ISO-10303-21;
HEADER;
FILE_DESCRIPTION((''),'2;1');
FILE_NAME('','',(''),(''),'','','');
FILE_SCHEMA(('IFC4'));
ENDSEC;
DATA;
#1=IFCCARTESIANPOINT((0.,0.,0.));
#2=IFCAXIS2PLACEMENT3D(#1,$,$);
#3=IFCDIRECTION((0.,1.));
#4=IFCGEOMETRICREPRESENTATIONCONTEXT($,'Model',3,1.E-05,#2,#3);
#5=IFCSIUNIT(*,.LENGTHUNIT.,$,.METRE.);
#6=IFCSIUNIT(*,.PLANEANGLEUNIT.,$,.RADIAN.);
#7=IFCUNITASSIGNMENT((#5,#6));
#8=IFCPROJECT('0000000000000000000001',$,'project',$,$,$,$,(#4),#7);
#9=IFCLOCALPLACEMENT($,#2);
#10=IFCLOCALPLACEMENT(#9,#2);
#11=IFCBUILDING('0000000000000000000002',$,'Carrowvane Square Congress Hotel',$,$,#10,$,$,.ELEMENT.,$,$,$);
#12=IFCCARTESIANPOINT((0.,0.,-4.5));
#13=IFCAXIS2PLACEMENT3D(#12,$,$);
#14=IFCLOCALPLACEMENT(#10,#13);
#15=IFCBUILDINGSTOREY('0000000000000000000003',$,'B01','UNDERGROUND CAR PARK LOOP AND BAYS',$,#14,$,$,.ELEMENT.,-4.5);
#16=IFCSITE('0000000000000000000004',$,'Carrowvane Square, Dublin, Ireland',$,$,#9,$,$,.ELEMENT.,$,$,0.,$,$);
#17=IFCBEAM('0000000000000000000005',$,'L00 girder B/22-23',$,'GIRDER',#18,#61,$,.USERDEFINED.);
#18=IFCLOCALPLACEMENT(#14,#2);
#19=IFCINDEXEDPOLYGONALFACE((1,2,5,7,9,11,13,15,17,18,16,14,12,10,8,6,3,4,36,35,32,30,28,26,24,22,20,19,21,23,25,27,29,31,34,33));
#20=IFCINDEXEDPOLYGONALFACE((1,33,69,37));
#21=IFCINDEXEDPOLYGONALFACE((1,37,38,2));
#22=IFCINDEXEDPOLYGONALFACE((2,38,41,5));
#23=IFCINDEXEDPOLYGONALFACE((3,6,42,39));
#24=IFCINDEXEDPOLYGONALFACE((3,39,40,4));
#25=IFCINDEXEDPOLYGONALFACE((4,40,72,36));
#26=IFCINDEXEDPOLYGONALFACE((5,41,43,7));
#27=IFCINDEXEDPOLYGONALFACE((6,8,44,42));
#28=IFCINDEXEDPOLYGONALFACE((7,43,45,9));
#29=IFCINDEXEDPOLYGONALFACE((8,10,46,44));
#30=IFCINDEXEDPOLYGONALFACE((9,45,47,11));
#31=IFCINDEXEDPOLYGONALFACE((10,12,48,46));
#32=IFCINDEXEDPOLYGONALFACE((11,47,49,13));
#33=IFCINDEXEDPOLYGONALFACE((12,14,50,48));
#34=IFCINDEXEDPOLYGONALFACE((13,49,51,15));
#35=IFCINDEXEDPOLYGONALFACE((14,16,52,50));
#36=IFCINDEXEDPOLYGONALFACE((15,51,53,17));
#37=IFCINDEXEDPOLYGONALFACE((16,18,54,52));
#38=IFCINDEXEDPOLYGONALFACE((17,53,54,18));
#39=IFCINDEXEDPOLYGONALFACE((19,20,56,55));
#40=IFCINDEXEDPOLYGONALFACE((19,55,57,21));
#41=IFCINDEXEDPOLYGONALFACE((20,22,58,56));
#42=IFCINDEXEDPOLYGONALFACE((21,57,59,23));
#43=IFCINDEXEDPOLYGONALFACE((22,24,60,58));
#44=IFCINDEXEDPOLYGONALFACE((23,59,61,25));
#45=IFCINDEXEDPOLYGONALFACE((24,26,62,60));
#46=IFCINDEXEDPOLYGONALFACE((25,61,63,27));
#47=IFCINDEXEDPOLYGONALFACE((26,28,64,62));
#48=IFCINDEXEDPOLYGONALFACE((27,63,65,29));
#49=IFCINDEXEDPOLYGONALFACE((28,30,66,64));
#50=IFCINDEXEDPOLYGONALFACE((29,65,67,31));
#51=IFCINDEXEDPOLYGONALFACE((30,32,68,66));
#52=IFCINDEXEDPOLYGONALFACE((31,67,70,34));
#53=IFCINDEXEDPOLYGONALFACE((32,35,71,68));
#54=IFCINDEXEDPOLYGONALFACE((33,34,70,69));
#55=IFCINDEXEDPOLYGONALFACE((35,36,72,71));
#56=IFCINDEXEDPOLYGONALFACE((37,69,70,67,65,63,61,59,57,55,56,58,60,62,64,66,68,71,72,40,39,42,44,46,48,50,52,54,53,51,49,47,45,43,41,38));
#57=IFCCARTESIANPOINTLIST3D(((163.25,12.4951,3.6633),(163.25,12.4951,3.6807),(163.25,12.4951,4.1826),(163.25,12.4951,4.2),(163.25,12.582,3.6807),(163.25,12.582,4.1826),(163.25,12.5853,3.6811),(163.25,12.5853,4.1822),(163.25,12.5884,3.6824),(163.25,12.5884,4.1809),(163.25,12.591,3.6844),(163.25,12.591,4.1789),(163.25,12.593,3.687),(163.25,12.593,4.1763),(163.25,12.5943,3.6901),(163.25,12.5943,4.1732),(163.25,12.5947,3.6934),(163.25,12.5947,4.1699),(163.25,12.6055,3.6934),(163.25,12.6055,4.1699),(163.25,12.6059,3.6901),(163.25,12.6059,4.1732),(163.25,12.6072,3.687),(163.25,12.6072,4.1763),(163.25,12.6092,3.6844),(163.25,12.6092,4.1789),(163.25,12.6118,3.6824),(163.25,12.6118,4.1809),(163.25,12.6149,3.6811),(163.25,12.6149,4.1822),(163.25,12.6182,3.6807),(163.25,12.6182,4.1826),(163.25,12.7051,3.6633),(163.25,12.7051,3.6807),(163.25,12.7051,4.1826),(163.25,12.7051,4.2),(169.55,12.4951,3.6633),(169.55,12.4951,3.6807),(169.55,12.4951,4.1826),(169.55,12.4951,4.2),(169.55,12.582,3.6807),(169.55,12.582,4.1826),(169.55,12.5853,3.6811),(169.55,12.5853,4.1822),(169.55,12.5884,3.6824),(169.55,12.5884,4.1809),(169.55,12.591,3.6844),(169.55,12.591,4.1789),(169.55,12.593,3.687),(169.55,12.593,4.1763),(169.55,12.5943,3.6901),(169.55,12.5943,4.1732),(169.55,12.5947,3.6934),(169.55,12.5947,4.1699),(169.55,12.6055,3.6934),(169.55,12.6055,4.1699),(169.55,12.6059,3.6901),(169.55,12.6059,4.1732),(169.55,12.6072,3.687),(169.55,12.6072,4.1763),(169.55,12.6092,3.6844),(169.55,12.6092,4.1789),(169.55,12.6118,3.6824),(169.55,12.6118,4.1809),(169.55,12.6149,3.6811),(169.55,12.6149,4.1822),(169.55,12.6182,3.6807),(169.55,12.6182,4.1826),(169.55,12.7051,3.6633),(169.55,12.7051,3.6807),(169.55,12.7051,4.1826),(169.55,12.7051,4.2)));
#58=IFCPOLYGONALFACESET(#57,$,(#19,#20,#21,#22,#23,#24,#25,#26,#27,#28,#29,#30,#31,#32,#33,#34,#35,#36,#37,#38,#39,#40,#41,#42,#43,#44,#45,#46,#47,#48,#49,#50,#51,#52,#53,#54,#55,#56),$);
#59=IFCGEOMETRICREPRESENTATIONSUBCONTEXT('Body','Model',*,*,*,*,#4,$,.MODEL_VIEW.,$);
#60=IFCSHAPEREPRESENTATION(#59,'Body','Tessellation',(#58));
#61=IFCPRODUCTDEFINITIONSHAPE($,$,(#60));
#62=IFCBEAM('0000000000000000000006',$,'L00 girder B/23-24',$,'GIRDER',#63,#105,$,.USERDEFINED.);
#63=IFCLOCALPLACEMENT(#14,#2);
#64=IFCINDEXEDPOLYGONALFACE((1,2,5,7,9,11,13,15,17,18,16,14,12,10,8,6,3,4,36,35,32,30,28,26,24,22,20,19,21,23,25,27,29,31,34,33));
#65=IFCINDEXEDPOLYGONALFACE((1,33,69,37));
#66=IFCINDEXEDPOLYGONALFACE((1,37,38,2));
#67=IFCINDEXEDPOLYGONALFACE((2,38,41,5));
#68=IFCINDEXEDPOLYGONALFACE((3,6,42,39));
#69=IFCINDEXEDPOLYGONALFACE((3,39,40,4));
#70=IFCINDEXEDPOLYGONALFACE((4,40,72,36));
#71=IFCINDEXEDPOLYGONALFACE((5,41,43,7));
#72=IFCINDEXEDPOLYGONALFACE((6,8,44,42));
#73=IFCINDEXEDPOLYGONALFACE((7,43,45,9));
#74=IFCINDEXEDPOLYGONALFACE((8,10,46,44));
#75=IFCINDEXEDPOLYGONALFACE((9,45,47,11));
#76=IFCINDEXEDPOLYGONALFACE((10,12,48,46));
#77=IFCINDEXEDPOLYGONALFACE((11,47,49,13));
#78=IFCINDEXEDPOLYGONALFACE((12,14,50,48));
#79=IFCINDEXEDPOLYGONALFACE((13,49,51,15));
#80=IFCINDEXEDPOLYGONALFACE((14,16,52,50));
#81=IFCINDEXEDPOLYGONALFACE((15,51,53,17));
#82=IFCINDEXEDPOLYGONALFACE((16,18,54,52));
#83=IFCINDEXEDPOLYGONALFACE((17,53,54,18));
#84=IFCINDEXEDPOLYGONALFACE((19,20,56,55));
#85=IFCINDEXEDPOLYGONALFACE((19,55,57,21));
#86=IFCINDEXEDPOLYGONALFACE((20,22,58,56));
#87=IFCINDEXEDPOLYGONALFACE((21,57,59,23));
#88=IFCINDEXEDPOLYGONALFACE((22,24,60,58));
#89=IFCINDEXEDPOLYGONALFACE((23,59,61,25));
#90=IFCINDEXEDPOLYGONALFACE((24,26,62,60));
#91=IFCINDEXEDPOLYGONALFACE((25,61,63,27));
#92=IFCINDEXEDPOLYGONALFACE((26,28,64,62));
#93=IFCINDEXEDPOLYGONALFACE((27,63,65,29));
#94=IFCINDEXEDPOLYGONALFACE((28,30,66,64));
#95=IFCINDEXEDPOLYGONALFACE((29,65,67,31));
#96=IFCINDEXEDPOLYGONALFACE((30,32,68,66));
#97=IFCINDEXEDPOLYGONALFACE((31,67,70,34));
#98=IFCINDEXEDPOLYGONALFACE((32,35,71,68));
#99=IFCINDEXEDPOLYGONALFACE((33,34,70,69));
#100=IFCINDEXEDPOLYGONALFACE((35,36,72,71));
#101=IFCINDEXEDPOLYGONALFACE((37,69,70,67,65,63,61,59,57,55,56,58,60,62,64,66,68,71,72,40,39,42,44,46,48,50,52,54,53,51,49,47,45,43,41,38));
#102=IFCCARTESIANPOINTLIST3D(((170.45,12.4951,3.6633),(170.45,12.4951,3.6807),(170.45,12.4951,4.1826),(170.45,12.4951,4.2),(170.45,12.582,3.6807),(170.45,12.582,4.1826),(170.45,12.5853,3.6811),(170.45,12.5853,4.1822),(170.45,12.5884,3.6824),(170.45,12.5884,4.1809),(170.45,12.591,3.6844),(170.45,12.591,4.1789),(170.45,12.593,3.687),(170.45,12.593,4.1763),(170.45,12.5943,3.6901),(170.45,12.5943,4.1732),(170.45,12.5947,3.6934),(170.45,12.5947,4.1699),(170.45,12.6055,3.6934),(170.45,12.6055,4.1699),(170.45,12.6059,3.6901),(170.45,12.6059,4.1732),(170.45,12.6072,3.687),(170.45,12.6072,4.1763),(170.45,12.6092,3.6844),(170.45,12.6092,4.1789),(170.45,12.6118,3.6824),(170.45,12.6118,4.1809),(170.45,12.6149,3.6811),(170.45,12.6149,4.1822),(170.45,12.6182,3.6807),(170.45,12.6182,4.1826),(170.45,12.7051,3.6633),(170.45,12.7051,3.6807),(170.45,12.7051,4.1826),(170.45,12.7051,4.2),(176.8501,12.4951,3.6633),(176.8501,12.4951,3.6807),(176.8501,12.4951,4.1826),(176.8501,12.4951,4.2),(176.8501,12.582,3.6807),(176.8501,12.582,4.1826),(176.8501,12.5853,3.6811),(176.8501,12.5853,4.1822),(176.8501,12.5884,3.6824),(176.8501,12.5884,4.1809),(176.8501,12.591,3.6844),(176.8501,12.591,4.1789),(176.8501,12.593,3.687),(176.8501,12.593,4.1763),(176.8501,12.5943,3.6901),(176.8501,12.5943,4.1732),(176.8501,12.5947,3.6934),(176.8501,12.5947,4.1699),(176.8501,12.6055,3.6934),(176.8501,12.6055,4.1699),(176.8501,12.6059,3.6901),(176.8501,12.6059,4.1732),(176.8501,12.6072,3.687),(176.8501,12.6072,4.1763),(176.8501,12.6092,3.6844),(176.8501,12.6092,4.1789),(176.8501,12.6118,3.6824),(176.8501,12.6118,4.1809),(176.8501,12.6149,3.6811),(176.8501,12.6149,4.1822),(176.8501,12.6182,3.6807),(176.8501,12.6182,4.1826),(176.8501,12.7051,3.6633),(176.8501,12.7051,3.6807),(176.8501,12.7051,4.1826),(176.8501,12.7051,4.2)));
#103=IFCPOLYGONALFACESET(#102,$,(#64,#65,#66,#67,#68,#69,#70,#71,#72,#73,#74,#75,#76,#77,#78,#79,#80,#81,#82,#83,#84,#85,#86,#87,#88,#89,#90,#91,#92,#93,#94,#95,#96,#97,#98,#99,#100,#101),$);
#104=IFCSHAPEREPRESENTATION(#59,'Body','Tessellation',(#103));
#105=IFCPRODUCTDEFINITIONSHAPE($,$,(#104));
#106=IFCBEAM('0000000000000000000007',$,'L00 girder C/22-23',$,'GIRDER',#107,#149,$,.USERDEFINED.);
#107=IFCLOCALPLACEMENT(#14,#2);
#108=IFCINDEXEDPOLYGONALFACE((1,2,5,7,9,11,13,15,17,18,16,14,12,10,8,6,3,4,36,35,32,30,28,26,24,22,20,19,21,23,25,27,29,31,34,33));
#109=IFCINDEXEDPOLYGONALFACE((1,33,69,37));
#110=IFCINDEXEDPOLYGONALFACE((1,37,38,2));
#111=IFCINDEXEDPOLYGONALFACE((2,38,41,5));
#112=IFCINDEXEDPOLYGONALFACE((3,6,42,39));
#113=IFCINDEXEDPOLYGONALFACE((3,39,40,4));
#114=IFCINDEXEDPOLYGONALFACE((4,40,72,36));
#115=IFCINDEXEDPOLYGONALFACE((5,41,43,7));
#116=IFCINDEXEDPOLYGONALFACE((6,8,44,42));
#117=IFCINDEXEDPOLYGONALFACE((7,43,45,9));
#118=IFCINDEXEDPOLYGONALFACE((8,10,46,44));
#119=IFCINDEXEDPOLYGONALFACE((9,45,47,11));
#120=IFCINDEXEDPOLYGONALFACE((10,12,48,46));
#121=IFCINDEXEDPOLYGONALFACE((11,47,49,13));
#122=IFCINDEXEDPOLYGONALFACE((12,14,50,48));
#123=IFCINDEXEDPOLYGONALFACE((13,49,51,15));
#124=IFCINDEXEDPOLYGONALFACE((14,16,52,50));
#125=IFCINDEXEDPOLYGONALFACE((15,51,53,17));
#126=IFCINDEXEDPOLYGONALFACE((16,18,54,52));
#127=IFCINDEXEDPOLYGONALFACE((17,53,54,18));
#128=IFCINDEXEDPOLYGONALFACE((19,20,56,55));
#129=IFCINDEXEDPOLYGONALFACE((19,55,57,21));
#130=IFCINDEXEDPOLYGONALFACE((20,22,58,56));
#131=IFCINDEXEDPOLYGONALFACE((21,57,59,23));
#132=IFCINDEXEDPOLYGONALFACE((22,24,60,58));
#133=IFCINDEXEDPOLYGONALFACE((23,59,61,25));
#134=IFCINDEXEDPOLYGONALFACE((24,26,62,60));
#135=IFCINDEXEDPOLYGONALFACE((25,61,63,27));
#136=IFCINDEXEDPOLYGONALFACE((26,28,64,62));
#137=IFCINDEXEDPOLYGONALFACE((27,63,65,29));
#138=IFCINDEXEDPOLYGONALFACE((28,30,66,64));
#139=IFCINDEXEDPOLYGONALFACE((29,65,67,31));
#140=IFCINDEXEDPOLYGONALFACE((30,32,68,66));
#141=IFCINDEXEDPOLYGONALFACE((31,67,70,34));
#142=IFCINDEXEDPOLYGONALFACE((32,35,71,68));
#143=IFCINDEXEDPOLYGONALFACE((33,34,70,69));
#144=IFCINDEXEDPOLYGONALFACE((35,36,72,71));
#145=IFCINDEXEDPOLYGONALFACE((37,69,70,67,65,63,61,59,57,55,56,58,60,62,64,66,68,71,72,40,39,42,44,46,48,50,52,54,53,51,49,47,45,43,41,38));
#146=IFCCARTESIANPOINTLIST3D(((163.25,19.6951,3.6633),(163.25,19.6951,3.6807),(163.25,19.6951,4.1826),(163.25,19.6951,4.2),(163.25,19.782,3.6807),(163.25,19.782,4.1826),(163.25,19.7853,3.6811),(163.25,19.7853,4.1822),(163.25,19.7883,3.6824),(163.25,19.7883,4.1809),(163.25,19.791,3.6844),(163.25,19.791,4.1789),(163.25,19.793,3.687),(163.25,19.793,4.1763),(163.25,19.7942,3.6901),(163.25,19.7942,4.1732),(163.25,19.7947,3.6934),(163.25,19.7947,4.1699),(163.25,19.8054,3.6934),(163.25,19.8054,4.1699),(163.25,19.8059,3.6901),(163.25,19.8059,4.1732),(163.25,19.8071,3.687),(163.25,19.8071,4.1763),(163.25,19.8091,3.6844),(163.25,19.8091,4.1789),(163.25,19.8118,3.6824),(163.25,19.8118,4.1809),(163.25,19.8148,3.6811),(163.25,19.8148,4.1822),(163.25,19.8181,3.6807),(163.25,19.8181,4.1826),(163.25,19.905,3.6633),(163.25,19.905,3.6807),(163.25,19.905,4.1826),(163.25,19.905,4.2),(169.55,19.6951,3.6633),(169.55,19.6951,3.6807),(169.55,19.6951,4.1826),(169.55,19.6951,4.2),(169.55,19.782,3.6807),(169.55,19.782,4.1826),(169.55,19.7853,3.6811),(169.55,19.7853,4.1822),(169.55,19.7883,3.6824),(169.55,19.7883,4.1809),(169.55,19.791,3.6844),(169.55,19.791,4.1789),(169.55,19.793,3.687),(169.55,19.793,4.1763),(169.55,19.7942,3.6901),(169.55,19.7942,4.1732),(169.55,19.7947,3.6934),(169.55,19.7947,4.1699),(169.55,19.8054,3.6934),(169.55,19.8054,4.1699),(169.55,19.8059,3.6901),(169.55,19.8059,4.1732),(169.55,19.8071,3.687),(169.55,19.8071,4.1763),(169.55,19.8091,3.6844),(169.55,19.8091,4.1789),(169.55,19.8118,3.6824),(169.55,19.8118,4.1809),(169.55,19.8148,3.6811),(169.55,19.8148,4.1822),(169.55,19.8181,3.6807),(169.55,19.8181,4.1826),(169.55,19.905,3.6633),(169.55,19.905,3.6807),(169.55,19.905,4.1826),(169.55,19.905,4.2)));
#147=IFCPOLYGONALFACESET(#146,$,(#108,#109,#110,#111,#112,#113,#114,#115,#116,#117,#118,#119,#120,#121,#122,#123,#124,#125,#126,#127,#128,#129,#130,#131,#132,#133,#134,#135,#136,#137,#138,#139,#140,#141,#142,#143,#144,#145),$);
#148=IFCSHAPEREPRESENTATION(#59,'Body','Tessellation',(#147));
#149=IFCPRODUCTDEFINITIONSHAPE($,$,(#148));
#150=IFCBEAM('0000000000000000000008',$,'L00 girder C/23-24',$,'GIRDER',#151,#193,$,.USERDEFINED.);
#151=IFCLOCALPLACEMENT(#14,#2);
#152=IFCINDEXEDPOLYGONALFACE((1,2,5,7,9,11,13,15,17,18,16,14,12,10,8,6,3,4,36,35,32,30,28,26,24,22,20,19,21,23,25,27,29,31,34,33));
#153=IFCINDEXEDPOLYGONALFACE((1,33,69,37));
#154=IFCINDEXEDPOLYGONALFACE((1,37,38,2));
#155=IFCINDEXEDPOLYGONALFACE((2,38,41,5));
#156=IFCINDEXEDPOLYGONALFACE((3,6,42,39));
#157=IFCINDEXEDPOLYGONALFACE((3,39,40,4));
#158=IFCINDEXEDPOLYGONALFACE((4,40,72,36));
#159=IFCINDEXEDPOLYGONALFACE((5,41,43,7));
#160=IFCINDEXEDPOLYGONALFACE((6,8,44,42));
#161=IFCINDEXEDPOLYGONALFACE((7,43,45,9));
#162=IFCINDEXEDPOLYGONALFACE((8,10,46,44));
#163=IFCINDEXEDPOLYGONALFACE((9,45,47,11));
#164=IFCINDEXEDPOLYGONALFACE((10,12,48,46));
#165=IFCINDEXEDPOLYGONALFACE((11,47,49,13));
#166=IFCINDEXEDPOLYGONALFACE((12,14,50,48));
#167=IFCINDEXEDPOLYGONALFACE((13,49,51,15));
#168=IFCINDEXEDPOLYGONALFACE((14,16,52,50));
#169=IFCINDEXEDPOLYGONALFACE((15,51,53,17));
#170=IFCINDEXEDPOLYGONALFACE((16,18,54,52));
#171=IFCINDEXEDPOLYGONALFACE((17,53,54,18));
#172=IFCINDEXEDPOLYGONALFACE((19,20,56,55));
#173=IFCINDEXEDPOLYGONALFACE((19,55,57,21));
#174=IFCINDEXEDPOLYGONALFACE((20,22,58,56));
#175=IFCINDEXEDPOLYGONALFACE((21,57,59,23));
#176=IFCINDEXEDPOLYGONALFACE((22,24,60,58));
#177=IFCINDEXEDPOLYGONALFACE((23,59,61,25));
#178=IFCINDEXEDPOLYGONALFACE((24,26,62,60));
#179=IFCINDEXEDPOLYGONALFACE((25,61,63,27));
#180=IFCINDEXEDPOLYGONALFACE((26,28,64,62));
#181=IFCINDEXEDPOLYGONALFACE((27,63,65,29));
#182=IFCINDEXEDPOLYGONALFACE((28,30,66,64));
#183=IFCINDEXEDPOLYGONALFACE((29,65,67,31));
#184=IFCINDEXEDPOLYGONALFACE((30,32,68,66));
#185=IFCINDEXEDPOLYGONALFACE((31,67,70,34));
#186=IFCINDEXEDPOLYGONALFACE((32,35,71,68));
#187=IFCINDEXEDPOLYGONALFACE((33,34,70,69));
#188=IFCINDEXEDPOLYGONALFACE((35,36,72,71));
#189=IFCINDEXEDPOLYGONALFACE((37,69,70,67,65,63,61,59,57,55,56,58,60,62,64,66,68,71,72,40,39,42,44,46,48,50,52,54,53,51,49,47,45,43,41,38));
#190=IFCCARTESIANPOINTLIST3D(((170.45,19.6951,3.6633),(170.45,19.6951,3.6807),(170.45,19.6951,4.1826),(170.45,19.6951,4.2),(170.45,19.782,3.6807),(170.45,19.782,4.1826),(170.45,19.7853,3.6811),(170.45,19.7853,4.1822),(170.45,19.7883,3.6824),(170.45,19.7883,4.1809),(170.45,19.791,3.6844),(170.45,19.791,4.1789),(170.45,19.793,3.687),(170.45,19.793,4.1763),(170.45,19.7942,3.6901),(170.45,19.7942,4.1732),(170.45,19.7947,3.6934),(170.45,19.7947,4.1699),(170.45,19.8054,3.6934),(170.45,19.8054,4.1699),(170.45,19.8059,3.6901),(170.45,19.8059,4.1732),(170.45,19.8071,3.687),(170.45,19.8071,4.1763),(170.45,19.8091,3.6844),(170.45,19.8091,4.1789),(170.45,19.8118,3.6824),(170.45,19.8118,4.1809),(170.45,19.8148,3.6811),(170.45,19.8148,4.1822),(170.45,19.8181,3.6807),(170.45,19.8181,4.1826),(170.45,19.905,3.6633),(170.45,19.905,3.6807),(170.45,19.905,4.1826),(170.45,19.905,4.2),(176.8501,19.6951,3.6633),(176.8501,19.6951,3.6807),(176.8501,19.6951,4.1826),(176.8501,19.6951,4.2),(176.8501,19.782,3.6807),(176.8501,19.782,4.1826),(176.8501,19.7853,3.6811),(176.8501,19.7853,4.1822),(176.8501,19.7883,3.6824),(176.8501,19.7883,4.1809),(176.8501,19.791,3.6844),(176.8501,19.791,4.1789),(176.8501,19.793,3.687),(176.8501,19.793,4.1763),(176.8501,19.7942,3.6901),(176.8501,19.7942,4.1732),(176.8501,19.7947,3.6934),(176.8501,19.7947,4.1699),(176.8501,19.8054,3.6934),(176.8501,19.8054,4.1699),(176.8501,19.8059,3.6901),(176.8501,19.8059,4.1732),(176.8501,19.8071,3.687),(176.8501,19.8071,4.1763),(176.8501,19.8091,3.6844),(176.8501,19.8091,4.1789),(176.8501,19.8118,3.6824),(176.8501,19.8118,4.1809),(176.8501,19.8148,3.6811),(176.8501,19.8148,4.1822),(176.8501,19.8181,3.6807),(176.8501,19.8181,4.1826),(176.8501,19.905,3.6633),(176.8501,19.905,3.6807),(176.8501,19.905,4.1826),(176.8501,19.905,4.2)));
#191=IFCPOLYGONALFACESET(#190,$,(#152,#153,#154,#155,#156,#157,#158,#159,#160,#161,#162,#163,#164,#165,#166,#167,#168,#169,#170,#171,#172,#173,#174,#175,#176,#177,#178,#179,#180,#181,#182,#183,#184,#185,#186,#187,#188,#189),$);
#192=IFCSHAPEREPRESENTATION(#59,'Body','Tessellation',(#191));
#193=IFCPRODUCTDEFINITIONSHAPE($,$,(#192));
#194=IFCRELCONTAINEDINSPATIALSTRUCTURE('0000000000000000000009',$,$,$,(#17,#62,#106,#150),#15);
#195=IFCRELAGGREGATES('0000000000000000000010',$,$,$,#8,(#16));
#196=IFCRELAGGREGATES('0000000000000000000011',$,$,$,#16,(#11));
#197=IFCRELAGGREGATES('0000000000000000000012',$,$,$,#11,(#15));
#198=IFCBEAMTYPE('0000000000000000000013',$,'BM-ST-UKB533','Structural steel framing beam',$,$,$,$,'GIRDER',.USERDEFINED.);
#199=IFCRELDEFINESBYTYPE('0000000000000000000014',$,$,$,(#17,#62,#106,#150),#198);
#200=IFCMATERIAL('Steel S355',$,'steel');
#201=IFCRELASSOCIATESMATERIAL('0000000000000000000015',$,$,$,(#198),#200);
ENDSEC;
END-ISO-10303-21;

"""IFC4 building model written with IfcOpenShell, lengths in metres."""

from ifc_helpers import new_model, si_unit, direction, frame, origin, origin_2d, place, context, subcontext, project, spatial, i_section, extrude, material, material_profile, profile_set, type_object, element, save


model = new_model("IFC4")

# Units and contexts
model_context = context("Model", 3, precision=1e-05, world=origin(), true_north=direction((0.0, 1.0)))
body_context = subcontext(model_context, "Body", "Model", "MODEL_VIEW")
ifc_project = project(units=[si_unit("LENGTHUNIT", "METRE"), si_unit("PLANEANGLEUNIT", "RADIAN")], contexts=[model_context])

# Site, building, storey
site_placement = place(None, origin())
site = spatial("IfcSite", under=ifc_project, at=site_placement, Name="Carrowvane Square, Dublin, Ireland", CompositionType="ELEMENT", RefElevation=0.0)
building_placement = place(site_placement, origin())
building = spatial("IfcBuilding", under=site, at=building_placement, Name="Carrowvane Square Congress Hotel", CompositionType="ELEMENT")
storey_placement = place(building_placement, frame((0.0, 0.0, -4.5)))
storey = spatial("IfcBuildingStorey", under=building, at=storey_placement, Name="B01", Description="UNDERGROUND CAR PARK LOOP AND BAYS", CompositionType="ELEMENT", Elevation=-4.5)

# Beams
ifc_material_1 = material(Name="Steel S355", Category="steel")
ifc_material_profile_1 = material_profile(ifc_material_1, i_section(OverallWidth=0.21, OverallDepth=0.5366, WebThickness=0.0107, FlangeThickness=0.0173, FilletRadius=0.0127, at=origin_2d()), Name="UKB 533x210x101")
ifc_profile_set_1 = profile_set([ifc_material_profile_1], Name="Steel S355")
beam_type_1 = type_object("IfcBeamType", Name="BM-ST-UKB533", Description="Structural steel framing beam", ElementType="GIRDER", PredefinedType="USERDEFINED", material=ifc_profile_set_1)
beam_1_placement = place(storey_placement, frame((163.25, 12.6001, 3.9316), z_axis=(1.0, 0.0, 0.0), x_axis=(0.0, 1.0, 0.0)))
element("IfcBeam", 1, at=beam_1_placement, inside=storey, type_object=beam_type_1, Name="L00 girder B/22-23", ObjectType="GIRDER", PredefinedType="USERDEFINED", context=body_context, shape_type="SweptSolid", body=[
    extrude(i_section(OverallWidth=0.21, OverallDepth=0.5366, WebThickness=0.0107, FlangeThickness=0.0173, FilletRadius=0.0127, at=origin_2d()), origin(), (0.0, 0.0, 1.0), 6.3),
])
beam_2_placement = place(storey_placement, frame((170.45, 12.6001, 3.9316), z_axis=(1.0, 0.0, 0.0), x_axis=(0.0, 1.0, 0.0)))
element("IfcBeam", 2, at=beam_2_placement, inside=storey, type_object=beam_type_1, Name="L00 girder B/23-24", ObjectType="GIRDER", PredefinedType="USERDEFINED", context=body_context, shape_type="SweptSolid", body=[
    extrude(i_section(OverallWidth=0.21, OverallDepth=0.5366, WebThickness=0.0107, FlangeThickness=0.0173, FilletRadius=0.0127, at=origin_2d()), origin(), (0.0, 0.0, 1.0), 6.4001),
])
beam_3_placement = place(storey_placement, frame((163.25, 19.8, 3.9316), z_axis=(1.0, 0.0, 0.0), x_axis=(0.0, 1.0, 0.0)))
element("IfcBeam", 3, at=beam_3_placement, inside=storey, type_object=beam_type_1, Name="L00 girder C/22-23", ObjectType="GIRDER", PredefinedType="USERDEFINED", context=body_context, shape_type="SweptSolid", body=[
    extrude(i_section(OverallWidth=0.21, OverallDepth=0.5366, WebThickness=0.0107, FlangeThickness=0.0173, FilletRadius=0.0127, at=origin_2d()), origin(), (0.0, 0.0, 1.0), 6.3),
])
beam_4_placement = place(storey_placement, frame((170.45, 19.8, 3.9316), z_axis=(1.0, 0.0, 0.0), x_axis=(0.0, 1.0, 0.0)))
element("IfcBeam", 4, at=beam_4_placement, inside=storey, type_object=beam_type_1, Name="L00 girder C/23-24", ObjectType="GIRDER", PredefinedType="USERDEFINED", context=body_context, shape_type="SweptSolid", body=[
    extrude(i_section(OverallWidth=0.21, OverallDepth=0.5366, WebThickness=0.0107, FlangeThickness=0.0173, FilletRadius=0.0127, at=origin_2d()), origin(), (0.0, 0.0, 1.0), 6.4001),
])

save(model, "model.ifc")
